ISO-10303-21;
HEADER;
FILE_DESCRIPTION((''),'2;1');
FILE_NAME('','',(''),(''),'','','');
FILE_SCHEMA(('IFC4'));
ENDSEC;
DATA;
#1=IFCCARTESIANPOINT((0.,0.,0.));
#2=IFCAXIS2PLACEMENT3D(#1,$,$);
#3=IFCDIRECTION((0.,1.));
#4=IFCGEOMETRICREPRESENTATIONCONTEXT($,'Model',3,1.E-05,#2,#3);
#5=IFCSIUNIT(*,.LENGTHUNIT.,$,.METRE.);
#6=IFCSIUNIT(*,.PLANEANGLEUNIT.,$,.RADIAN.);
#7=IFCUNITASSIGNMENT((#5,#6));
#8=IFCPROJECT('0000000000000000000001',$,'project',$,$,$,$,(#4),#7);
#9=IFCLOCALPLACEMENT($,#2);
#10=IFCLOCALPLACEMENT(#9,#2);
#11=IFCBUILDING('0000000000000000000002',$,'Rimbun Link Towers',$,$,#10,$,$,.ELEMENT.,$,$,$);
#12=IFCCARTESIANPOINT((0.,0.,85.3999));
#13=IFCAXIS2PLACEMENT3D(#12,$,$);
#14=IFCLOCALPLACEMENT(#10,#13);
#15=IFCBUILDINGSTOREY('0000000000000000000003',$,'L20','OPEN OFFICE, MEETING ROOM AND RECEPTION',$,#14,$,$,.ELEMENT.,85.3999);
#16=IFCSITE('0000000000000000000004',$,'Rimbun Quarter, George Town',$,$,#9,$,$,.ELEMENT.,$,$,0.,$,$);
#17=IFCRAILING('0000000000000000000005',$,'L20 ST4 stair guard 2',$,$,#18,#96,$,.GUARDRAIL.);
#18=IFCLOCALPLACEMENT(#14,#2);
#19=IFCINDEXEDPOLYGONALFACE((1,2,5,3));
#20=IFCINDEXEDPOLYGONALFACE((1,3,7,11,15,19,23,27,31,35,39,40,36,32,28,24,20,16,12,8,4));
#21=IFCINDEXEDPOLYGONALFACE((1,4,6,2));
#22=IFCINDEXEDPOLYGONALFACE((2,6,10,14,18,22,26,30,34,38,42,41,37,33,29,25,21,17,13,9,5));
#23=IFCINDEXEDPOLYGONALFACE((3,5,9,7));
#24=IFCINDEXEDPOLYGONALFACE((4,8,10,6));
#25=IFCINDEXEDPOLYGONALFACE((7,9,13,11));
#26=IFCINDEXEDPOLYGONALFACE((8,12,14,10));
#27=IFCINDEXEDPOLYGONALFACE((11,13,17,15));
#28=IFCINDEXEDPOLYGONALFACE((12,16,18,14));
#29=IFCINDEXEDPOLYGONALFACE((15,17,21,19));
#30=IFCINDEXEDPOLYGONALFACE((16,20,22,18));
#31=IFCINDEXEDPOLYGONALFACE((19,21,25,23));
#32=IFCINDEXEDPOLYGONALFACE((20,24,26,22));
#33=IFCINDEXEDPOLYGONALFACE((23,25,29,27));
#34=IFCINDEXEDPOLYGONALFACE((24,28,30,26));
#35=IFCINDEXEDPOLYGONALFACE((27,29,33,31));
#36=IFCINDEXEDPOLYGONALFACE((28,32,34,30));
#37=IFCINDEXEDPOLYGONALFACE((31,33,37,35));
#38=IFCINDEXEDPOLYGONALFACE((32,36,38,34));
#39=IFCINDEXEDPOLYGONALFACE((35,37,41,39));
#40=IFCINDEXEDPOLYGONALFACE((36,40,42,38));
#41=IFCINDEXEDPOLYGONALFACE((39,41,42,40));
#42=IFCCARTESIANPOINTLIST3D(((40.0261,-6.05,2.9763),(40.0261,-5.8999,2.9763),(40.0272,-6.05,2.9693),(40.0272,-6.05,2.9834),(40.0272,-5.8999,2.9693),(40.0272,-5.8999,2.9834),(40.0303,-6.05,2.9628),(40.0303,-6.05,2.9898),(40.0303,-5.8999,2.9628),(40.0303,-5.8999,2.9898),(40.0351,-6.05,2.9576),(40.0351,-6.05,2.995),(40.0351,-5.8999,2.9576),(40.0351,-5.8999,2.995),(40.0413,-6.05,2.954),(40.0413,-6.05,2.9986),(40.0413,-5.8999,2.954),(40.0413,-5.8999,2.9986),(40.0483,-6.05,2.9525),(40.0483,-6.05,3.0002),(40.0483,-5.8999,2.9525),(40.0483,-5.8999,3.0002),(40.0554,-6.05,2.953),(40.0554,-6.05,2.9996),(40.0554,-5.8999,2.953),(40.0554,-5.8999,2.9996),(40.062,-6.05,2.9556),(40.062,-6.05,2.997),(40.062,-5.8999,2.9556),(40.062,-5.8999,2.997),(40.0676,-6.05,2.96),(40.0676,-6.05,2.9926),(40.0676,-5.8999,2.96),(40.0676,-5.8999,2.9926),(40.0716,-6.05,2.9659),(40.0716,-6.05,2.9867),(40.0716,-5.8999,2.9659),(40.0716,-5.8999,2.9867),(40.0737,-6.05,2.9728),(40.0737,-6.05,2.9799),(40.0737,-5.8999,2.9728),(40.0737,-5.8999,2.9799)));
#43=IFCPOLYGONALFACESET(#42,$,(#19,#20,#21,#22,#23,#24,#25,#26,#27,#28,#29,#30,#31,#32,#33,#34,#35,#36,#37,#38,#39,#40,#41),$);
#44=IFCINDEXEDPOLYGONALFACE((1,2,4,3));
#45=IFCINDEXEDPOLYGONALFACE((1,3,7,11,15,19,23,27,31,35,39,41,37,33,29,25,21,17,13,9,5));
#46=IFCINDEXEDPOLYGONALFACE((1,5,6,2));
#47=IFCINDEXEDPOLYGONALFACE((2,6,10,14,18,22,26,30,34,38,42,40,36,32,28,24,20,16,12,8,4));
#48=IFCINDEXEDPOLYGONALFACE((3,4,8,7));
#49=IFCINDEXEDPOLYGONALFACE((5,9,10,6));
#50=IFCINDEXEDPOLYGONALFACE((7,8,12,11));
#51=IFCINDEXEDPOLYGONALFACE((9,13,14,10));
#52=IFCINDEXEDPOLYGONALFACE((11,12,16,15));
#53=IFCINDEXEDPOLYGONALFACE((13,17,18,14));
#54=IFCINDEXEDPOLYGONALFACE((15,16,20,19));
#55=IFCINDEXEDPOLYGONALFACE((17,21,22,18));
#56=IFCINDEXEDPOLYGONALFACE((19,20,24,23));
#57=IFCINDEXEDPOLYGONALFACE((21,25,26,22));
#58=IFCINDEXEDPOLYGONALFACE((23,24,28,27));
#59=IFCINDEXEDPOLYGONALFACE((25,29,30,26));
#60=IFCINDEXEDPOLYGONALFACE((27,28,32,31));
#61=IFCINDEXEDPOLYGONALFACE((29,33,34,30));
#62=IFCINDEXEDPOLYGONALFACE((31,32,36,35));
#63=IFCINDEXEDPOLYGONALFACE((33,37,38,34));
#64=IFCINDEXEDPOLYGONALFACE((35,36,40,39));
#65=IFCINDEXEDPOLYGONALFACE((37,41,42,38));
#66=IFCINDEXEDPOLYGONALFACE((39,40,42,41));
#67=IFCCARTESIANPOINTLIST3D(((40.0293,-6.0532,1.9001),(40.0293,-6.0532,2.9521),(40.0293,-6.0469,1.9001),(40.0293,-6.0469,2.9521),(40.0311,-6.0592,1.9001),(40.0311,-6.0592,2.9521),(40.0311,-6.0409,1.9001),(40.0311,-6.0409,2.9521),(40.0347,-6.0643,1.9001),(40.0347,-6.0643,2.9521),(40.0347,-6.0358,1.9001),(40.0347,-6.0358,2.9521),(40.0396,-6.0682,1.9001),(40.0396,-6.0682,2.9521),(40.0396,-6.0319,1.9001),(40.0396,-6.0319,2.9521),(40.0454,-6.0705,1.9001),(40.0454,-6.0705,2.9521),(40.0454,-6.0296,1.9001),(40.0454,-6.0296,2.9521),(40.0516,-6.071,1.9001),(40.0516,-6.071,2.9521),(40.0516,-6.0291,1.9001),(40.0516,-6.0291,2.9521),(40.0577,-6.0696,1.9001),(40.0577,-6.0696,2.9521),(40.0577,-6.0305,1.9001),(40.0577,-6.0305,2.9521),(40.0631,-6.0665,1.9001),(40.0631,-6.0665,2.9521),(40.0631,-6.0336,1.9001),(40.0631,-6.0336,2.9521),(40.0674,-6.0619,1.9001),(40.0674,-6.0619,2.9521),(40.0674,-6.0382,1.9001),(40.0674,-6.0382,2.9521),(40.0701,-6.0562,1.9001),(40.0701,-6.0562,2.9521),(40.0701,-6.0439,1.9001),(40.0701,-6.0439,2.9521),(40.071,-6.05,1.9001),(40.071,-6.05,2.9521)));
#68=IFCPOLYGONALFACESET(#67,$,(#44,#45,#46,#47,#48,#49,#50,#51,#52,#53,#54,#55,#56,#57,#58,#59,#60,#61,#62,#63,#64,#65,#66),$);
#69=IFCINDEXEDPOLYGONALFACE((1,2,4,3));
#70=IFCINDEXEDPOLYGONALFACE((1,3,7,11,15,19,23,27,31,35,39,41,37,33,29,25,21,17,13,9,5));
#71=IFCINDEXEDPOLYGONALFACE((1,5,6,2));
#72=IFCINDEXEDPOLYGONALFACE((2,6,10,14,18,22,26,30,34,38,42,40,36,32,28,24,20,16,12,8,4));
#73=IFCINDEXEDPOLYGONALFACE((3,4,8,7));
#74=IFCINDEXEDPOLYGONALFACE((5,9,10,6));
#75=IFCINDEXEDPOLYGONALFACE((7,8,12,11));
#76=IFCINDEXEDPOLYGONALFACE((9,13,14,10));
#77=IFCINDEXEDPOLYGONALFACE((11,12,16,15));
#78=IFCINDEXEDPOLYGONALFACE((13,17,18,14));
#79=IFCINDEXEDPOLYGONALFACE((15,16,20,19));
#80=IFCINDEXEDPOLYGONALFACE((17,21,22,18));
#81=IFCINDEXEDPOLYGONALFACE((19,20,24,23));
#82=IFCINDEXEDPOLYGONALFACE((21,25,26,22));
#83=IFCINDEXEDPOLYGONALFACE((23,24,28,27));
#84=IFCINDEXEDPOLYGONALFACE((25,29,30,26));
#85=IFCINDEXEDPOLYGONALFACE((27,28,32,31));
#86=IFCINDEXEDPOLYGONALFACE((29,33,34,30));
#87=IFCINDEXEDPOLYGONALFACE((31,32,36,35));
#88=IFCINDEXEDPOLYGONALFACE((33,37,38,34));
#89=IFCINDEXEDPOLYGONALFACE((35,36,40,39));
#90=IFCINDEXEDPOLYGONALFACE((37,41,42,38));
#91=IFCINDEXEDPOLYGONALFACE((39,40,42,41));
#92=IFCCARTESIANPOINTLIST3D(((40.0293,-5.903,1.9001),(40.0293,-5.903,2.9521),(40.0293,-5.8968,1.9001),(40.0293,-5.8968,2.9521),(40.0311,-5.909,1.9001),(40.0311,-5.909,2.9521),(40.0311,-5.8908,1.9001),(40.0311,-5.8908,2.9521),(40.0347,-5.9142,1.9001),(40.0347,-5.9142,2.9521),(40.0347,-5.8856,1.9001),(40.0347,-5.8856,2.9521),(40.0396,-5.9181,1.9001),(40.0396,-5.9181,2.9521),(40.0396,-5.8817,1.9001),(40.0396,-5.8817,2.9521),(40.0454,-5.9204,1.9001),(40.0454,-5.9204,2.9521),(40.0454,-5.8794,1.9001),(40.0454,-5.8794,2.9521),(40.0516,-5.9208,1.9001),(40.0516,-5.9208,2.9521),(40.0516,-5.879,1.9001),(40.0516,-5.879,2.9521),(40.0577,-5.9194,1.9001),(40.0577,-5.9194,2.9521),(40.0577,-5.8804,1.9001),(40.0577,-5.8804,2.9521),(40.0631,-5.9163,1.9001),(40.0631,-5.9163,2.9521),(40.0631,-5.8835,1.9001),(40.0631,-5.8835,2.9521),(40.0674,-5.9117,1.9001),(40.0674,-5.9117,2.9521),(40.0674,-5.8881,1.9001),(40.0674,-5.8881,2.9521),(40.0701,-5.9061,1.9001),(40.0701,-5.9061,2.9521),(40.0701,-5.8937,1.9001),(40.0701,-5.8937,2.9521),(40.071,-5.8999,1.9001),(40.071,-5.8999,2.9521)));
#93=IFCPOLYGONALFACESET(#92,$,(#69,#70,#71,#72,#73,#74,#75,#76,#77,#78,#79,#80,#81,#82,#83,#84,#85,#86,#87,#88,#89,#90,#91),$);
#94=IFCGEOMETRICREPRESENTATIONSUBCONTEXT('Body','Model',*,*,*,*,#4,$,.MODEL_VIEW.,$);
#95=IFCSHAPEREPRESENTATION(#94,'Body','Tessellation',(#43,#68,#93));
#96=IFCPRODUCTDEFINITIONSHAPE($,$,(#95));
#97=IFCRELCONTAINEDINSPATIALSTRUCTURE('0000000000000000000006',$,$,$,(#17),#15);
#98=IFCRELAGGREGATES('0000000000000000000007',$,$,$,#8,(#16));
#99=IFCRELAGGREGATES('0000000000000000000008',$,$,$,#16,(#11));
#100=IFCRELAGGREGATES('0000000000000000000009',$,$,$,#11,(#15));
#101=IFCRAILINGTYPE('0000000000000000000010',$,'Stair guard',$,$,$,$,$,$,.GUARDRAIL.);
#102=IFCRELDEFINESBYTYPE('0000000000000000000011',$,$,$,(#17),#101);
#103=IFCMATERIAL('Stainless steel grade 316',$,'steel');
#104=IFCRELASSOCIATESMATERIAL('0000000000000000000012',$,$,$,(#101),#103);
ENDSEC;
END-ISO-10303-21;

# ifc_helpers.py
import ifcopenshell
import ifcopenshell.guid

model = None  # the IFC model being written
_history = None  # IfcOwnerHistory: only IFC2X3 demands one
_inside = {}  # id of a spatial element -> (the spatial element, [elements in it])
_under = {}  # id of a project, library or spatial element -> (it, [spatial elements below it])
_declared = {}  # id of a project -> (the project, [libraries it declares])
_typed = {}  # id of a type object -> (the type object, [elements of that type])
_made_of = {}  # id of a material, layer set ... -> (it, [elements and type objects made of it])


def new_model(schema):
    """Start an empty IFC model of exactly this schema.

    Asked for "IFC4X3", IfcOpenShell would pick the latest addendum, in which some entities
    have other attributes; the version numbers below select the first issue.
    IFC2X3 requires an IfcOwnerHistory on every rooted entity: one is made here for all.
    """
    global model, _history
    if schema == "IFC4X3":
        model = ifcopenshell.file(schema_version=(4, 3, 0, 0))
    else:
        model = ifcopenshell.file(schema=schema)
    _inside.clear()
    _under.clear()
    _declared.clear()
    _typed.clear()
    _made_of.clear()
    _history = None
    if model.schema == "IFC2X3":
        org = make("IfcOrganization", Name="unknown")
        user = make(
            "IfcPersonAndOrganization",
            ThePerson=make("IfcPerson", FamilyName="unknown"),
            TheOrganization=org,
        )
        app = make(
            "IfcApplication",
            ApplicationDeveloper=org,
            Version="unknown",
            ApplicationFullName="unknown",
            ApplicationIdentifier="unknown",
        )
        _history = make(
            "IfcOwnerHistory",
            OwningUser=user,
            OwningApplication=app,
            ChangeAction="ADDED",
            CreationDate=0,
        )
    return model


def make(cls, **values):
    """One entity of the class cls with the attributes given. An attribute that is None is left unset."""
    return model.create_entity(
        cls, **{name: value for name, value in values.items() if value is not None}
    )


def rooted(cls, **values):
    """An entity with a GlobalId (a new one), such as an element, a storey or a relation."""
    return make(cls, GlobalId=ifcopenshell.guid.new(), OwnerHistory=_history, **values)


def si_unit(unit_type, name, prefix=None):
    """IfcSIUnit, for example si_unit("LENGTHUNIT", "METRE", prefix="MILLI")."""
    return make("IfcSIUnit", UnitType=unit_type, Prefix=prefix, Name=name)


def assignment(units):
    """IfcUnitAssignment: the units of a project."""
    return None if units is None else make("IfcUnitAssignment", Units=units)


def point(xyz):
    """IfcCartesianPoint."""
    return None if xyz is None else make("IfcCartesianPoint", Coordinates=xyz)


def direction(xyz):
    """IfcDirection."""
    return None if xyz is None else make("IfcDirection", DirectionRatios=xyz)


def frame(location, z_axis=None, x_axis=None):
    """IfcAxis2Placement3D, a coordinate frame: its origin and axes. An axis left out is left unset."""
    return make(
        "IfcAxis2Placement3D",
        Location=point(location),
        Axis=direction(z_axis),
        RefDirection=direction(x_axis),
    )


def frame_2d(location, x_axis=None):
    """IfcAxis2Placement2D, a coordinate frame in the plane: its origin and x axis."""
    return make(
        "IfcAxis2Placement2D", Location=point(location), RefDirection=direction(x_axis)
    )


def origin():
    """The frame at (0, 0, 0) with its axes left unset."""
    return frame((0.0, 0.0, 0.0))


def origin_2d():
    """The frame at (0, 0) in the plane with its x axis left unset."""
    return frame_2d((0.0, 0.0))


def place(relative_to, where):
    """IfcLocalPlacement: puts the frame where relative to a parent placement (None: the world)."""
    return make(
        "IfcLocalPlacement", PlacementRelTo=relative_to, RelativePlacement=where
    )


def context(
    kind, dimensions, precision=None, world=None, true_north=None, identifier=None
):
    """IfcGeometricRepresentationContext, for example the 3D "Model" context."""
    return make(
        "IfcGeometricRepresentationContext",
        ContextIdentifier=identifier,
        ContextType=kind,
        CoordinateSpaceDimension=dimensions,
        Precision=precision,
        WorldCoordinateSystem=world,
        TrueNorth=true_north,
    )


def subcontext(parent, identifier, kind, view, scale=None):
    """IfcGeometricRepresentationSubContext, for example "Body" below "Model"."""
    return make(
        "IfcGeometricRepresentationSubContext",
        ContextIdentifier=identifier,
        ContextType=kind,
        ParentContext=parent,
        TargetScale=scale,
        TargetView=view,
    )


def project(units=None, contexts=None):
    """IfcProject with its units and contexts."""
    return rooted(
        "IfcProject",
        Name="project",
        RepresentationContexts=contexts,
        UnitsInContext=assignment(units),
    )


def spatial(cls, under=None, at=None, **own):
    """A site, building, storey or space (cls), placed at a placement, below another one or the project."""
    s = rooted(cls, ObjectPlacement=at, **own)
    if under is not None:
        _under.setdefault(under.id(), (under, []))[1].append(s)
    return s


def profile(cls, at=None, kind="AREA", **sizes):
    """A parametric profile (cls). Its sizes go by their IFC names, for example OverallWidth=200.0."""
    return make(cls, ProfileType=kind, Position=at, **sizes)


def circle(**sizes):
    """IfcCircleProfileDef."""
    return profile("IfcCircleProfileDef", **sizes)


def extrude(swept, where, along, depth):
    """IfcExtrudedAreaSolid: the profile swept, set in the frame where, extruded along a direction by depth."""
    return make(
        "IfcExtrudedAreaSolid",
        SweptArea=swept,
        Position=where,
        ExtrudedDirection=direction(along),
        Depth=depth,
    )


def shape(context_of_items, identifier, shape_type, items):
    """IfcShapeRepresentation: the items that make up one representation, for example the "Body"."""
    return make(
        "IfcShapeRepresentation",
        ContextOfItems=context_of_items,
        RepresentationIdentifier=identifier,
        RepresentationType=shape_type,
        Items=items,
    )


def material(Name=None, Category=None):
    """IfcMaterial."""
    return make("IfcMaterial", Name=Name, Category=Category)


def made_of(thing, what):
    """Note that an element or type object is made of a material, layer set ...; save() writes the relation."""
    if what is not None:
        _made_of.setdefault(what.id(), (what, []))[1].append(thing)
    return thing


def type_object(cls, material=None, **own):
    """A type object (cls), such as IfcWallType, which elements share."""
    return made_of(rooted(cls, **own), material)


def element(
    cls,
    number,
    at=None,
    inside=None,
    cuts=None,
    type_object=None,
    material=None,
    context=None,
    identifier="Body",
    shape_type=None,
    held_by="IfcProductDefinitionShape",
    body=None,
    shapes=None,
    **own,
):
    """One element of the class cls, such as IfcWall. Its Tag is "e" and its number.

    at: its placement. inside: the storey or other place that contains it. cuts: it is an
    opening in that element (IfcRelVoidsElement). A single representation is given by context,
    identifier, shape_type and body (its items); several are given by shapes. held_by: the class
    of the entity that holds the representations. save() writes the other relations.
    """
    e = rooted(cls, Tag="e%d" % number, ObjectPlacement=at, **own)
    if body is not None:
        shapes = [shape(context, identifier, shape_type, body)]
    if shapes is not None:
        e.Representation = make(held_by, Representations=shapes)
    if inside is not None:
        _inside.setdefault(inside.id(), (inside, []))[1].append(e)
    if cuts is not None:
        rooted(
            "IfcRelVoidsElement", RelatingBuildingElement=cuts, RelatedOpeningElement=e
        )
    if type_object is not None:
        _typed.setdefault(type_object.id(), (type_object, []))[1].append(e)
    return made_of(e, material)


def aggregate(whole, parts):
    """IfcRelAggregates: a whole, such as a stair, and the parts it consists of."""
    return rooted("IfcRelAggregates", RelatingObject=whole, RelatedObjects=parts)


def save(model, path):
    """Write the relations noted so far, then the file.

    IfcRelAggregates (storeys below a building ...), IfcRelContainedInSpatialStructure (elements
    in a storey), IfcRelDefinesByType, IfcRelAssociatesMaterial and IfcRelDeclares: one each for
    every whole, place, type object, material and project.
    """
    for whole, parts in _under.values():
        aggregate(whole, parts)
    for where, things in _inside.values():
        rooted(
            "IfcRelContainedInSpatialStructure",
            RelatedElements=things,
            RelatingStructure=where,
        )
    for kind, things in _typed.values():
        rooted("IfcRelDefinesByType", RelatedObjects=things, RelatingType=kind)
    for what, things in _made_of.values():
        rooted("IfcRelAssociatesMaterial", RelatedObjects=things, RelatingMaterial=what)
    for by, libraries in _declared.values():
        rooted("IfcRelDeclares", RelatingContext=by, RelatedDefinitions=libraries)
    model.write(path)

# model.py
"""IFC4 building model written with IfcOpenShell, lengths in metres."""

from ifc_helpers import new_model, si_unit, direction, frame, origin, origin_2d, place, context, subcontext, project, spatial, circle, extrude, material, type_object, element, save


model = new_model("IFC4")

# Units and contexts
model_context = context("Model", 3, precision=1e-05, world=origin(), true_north=direction((0.0, 1.0)))
body_context = subcontext(model_context, "Body", "Model", "MODEL_VIEW")
ifc_project = project(units=[si_unit("LENGTHUNIT", "METRE"), si_unit("PLANEANGLEUNIT", "RADIAN")], contexts=[model_context])

# Site, building, storey
site_placement = place(None, origin())
site = spatial("IfcSite", under=ifc_project, at=site_placement, Name="Rimbun Quarter, George Town", CompositionType="ELEMENT", RefElevation=0.0)
building_placement = place(site_placement, origin())
building = spatial("IfcBuilding", under=site, at=building_placement, Name="Rimbun Link Towers", CompositionType="ELEMENT")
storey_placement = place(building_placement, frame((0.0, 0.0, 85.3999)))
storey = spatial("IfcBuildingStorey", under=building, at=storey_placement, Name="L20", Description="OPEN OFFICE, MEETING ROOM AND RECEPTION", CompositionType="ELEMENT", Elevation=85.3999)

# Railing
ifc_material_1 = material(Name="Stainless steel grade 316", Category="steel")
railing_type = type_object("IfcRailingType", Name="Stair guard", PredefinedType="GUARDRAIL", material=ifc_material_1)
railing_1_placement = place(storey_placement, frame((40.05, -6.05, 1.9001)))
element("IfcRailing", 1, at=railing_1_placement, inside=storey, type_object=railing_type, Name="L20 ST4 stair guard 2", PredefinedType="GUARDRAIL", context=body_context, shape_type="SweptSolid", body=[
    extrude(circle(Radius=0.0239, at=origin_2d()), frame((0.0, 0.0, 1.0762), z_axis=(0.0, 1.0, 0.0), x_axis=(-1.0, 0.0, 0.0)), (0.0, 0.0, 1.0), 0.1501),
    extrude(circle(Radius=0.021, at=origin_2d()), origin(), (0.0, 0.0, 1.0), 1.052),
    extrude(circle(Radius=0.021, at=origin_2d()), frame((0.0, 0.1501, 0.0)), (0.0, 0.0, 1.0), 1.052),
])

save(model, "model.ifc")
